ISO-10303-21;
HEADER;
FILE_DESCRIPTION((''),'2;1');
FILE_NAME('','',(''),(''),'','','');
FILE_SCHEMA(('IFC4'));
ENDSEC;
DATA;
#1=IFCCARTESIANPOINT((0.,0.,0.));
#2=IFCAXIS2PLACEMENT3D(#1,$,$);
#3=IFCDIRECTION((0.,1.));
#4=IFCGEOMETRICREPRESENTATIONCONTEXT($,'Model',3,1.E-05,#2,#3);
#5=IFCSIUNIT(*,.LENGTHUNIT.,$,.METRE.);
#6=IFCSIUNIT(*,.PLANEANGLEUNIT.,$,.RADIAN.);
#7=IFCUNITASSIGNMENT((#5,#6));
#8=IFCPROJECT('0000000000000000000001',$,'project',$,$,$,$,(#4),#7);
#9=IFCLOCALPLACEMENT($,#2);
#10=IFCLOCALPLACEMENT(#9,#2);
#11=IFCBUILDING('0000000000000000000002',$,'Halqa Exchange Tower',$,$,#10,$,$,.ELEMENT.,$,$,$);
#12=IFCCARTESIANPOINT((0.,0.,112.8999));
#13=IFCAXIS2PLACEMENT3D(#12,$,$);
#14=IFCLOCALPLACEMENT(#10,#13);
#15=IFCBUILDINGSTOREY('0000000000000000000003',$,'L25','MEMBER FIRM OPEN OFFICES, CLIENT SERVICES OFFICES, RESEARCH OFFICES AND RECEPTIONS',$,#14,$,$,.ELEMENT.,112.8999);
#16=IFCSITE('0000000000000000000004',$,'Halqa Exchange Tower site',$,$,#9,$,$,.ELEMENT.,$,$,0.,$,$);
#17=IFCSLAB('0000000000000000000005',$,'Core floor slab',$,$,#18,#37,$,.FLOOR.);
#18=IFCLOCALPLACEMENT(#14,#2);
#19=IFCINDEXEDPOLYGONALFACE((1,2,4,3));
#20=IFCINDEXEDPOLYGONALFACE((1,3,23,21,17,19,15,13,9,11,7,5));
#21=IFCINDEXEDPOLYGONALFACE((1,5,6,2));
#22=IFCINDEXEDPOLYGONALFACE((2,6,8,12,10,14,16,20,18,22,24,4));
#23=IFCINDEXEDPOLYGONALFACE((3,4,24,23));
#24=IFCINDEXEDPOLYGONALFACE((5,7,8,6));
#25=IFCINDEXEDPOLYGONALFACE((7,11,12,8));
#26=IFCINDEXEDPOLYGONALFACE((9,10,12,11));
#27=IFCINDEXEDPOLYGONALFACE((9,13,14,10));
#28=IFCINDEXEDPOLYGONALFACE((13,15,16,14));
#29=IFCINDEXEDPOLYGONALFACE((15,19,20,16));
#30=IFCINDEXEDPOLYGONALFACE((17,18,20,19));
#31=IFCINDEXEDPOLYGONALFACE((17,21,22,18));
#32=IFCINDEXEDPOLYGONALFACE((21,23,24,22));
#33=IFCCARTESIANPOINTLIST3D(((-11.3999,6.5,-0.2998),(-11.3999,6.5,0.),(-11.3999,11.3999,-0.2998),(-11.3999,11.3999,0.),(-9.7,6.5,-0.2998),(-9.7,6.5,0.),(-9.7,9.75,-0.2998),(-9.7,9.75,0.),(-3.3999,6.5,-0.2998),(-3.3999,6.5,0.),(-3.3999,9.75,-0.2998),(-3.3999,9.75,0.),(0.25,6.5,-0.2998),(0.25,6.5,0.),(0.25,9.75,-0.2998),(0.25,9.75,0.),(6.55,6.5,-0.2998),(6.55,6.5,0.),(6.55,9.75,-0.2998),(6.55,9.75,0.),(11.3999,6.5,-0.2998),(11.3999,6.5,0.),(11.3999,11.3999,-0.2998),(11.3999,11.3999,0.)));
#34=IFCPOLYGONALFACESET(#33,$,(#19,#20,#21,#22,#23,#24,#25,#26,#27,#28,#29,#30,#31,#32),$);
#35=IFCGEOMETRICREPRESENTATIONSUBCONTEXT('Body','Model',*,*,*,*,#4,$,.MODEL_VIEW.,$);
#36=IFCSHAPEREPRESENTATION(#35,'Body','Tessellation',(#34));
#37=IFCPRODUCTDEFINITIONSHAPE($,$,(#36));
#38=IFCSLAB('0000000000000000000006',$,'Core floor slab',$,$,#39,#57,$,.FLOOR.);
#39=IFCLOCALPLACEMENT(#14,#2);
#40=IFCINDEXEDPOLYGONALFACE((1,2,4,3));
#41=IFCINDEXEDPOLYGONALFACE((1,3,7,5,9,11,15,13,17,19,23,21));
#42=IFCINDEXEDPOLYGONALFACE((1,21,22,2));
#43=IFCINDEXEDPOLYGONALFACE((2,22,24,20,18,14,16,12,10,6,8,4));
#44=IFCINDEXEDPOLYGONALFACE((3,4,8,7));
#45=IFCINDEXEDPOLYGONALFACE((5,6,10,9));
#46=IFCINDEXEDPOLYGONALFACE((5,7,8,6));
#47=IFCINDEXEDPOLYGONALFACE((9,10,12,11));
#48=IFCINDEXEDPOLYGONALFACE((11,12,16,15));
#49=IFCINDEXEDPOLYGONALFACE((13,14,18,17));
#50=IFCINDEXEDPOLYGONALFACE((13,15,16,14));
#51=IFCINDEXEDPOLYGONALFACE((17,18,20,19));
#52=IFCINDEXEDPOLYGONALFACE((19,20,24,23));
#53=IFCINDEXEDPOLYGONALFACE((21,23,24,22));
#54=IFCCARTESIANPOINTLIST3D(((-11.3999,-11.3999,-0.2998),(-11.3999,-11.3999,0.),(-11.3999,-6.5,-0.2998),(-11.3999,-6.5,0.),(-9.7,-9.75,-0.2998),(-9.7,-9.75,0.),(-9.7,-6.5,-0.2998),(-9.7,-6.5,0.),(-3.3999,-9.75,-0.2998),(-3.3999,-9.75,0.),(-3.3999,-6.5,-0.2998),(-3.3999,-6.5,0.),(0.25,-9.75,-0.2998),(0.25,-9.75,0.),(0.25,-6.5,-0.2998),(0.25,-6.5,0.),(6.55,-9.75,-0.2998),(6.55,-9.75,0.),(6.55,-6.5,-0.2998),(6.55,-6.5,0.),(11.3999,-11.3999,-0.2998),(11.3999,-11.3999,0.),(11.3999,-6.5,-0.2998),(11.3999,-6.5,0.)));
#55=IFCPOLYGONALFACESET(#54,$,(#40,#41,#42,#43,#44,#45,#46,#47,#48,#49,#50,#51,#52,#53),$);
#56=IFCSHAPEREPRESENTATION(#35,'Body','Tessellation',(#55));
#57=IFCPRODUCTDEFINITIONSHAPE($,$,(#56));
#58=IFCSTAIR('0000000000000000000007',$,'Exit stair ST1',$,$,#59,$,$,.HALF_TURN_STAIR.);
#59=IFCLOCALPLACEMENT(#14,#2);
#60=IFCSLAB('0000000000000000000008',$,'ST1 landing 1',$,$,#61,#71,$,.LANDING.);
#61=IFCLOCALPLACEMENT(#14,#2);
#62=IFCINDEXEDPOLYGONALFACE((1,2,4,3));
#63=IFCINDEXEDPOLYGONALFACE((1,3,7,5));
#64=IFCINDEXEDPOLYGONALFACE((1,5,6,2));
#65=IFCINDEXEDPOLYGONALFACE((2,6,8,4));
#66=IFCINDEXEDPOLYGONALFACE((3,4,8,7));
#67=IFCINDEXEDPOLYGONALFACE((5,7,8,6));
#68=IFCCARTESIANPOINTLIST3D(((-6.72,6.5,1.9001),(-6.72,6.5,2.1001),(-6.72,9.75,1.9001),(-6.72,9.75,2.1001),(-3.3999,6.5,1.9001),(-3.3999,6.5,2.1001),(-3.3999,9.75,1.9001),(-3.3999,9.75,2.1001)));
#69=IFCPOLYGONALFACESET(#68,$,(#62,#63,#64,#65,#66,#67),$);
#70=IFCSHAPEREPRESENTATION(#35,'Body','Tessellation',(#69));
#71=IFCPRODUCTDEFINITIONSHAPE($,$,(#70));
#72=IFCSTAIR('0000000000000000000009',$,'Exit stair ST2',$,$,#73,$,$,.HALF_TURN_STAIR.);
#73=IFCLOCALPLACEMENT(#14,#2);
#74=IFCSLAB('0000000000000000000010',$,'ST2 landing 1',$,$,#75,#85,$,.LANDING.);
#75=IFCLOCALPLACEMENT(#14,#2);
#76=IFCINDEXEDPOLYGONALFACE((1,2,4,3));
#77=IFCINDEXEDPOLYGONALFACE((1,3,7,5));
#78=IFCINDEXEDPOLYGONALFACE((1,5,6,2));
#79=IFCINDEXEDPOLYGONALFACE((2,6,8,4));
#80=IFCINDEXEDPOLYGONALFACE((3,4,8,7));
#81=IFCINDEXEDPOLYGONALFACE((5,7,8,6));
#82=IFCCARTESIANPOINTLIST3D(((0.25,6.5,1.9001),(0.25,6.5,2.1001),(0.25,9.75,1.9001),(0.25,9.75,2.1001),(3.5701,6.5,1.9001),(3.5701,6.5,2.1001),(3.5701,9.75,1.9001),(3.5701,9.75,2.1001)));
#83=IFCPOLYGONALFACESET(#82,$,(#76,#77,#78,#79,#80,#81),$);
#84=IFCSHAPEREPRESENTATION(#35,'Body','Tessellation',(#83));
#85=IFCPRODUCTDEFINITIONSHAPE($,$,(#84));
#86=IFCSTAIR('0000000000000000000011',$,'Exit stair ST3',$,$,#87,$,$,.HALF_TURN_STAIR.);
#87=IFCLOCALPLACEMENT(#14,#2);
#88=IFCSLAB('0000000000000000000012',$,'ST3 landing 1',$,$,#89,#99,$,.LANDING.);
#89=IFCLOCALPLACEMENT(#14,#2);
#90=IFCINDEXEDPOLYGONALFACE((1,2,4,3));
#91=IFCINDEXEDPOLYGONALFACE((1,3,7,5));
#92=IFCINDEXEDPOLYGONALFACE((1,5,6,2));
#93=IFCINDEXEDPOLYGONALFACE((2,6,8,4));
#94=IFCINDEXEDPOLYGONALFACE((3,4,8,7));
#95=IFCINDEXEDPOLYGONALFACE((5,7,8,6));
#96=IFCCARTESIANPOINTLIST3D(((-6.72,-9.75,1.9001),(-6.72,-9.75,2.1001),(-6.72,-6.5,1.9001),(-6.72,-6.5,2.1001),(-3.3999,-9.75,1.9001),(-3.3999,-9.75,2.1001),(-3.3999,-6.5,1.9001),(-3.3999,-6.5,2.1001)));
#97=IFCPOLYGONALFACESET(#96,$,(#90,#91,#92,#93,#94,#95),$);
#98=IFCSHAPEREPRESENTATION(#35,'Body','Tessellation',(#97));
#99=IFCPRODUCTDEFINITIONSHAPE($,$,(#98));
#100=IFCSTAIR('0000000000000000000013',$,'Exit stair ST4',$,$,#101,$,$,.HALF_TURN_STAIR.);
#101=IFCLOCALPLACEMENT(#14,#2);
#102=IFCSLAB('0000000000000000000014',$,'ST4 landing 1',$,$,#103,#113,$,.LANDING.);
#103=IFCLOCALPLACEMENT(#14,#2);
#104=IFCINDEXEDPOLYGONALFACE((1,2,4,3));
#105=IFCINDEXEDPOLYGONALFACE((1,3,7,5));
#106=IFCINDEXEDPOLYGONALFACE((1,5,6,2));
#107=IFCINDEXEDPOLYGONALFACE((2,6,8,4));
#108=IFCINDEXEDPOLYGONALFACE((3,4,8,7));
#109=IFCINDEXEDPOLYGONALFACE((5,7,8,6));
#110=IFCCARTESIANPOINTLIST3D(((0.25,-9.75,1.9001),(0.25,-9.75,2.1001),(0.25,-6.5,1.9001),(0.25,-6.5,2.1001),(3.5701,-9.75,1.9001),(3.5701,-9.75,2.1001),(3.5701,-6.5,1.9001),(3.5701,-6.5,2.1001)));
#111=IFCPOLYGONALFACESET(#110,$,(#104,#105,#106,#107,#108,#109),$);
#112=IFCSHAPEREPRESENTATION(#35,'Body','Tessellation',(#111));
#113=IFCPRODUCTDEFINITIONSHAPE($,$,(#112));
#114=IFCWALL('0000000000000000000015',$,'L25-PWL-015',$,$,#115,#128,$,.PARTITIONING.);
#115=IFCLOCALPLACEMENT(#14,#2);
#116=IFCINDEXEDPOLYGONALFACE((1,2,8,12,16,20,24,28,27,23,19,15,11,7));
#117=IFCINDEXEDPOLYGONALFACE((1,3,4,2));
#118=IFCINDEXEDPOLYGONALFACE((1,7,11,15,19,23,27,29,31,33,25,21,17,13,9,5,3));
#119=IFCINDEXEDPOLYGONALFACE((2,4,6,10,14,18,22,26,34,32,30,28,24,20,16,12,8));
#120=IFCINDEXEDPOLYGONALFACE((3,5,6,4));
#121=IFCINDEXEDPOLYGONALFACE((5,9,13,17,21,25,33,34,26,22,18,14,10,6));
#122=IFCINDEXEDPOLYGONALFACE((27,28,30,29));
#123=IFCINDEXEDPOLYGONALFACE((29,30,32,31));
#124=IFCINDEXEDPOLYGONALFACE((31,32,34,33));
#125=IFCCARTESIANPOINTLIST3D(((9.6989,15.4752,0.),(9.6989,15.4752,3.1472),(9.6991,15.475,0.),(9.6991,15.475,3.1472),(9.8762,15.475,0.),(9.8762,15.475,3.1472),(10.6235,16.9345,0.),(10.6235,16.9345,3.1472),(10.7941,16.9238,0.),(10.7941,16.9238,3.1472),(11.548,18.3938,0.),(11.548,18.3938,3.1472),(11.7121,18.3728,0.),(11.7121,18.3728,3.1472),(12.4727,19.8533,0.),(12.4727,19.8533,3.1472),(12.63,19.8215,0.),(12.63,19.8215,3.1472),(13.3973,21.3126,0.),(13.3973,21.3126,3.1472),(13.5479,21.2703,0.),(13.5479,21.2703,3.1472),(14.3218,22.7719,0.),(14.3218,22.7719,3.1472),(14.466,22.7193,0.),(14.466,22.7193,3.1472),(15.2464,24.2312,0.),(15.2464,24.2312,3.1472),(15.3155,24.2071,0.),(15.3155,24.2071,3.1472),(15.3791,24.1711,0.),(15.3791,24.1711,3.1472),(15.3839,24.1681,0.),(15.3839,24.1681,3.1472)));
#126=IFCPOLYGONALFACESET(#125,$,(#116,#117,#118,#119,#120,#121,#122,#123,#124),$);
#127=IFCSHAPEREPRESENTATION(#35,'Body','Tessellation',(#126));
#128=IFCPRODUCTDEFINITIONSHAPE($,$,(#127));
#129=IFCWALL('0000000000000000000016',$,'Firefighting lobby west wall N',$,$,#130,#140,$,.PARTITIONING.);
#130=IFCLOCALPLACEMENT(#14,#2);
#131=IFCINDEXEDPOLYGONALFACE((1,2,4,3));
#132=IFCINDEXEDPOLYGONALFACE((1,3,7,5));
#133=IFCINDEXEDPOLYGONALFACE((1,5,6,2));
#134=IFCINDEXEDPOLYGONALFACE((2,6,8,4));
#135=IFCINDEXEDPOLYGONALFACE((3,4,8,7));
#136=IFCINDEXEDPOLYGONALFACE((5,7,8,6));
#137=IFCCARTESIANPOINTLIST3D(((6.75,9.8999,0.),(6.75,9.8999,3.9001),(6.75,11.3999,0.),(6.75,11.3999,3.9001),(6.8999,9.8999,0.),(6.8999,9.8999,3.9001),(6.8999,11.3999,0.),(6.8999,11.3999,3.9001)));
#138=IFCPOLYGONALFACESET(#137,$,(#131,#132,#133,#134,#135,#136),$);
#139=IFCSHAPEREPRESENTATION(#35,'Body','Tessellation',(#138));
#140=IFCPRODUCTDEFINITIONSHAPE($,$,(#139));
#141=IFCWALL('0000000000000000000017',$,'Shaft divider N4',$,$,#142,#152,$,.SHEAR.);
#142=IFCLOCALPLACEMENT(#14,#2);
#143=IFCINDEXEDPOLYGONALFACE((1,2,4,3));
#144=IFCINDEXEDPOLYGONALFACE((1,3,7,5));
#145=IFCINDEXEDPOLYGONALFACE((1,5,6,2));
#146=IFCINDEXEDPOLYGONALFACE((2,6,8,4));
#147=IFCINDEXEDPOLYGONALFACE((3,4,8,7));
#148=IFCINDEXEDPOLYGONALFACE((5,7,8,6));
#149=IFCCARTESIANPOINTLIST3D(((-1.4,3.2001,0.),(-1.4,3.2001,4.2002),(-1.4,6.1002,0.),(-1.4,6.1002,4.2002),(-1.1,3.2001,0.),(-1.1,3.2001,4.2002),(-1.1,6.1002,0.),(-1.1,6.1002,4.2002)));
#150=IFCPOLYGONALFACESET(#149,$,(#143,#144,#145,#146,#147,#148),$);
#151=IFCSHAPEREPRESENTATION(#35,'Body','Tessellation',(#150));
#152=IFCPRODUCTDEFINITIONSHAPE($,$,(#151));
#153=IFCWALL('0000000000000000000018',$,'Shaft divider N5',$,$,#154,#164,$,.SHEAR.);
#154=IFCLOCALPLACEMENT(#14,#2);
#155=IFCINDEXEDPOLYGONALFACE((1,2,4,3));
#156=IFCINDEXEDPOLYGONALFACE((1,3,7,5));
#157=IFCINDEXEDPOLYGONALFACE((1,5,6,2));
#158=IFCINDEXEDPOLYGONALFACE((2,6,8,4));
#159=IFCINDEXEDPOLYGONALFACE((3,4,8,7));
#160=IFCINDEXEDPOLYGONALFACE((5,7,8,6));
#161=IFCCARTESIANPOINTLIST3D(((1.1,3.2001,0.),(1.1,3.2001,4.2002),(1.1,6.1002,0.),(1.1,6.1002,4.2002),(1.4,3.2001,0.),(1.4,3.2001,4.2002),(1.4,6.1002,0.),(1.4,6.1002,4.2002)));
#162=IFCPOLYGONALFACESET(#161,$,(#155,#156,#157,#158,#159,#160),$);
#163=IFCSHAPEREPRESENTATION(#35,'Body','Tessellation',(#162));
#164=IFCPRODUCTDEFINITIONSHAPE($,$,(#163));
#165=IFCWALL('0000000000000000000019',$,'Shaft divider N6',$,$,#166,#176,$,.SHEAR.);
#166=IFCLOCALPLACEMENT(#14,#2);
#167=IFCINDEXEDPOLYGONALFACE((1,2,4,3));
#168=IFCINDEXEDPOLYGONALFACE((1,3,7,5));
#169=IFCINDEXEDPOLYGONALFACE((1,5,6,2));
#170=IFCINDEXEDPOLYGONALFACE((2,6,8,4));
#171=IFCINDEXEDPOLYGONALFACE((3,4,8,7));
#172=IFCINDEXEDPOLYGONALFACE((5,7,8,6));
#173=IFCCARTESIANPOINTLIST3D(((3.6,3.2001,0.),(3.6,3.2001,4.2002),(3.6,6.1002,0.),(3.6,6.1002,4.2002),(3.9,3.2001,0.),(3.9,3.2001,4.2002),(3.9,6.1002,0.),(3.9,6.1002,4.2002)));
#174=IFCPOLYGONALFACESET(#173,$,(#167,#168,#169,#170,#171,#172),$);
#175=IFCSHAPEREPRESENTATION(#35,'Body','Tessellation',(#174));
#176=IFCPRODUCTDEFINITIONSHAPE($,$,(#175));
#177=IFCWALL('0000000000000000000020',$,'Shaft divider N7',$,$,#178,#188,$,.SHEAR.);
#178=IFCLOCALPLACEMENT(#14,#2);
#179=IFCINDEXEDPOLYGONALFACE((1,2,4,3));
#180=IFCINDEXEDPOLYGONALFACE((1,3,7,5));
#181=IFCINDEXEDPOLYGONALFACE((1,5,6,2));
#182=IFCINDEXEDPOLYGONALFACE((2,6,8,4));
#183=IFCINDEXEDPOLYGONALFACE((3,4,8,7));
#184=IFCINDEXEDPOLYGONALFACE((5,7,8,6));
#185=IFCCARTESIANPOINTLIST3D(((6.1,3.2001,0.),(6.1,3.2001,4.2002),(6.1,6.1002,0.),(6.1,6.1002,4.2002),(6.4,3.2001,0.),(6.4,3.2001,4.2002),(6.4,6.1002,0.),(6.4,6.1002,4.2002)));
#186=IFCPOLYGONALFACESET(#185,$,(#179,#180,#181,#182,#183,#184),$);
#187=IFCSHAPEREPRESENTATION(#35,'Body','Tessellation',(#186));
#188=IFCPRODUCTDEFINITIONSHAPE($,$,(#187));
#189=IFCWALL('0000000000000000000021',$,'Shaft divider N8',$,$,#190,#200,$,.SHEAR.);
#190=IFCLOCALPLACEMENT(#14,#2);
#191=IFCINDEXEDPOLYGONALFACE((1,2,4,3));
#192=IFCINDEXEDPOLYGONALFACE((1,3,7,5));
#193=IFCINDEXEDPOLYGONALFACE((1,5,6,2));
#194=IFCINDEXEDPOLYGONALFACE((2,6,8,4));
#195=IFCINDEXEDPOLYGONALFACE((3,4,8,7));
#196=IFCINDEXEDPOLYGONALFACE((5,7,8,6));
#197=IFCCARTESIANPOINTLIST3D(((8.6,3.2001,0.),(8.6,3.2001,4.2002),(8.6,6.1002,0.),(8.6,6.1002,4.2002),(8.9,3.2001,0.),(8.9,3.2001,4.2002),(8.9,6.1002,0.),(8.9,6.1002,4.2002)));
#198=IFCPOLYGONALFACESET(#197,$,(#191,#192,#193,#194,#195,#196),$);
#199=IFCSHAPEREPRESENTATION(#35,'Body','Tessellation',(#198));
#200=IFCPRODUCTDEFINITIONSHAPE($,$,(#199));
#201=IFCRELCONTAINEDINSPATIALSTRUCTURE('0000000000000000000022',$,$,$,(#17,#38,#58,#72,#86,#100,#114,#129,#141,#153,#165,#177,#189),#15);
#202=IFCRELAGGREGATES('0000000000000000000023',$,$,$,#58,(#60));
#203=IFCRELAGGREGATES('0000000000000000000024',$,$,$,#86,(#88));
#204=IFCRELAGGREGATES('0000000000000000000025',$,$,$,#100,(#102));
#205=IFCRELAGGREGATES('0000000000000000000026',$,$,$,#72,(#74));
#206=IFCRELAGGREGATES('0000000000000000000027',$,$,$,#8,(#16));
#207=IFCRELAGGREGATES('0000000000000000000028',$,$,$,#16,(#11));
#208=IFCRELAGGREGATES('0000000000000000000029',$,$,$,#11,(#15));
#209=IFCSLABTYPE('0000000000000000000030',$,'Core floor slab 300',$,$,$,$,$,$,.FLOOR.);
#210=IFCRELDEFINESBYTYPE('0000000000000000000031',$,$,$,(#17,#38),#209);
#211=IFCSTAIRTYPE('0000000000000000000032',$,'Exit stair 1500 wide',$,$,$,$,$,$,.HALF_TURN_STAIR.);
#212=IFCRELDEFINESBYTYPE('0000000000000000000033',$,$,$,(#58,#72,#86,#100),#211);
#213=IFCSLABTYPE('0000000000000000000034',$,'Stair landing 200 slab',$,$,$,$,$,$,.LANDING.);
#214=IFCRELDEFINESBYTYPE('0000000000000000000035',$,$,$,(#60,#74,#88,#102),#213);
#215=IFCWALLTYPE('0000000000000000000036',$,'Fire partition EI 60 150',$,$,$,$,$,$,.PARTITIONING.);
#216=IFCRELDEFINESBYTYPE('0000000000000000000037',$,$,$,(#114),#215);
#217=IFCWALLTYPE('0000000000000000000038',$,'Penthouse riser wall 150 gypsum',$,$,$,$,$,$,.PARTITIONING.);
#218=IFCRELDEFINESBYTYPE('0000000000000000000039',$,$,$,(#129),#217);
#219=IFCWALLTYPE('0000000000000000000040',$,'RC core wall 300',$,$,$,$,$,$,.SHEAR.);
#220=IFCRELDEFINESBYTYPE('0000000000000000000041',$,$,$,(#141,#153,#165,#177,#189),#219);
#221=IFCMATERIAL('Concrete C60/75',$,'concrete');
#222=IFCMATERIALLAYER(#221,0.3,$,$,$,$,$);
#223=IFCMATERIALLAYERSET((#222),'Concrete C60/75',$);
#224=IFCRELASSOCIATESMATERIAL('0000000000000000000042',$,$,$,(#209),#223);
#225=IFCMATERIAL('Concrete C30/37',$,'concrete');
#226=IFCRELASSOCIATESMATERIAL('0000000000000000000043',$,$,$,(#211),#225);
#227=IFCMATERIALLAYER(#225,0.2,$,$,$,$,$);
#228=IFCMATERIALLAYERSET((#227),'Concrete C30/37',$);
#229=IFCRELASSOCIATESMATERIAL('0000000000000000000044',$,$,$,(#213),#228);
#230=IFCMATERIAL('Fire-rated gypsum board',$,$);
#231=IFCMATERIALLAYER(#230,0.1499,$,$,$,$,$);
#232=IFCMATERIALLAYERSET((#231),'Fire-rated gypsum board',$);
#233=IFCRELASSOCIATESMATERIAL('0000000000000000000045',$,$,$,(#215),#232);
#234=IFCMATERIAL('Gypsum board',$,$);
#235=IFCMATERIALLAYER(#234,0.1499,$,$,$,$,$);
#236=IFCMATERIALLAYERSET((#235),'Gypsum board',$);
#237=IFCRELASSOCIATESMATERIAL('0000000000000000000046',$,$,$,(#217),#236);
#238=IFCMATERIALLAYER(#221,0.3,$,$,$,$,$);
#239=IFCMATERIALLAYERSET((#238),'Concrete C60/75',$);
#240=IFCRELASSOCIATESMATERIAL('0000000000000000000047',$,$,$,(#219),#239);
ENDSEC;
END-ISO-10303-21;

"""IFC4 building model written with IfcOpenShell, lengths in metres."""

from ifc_helpers import new_model, si_unit, direction, frame, frame_2d, origin, place, context, subcontext, project, spatial, polyline, rectangle, outline, extrude, material, layer, layer_set, type_object, element, aggregate, save


model = new_model("IFC4")

# Units and contexts
model_context = context("Model", 3, precision=1e-05, world=origin(), true_north=direction((0.0, 1.0)))
body_context = subcontext(model_context, "Body", "Model", "MODEL_VIEW")
ifc_project = project(units=[si_unit("LENGTHUNIT", "METRE"), si_unit("PLANEANGLEUNIT", "RADIAN")], contexts=[model_context])

# Site, building, storey
site_placement = place(None, origin())
site = spatial("IfcSite", under=ifc_project, at=site_placement, Name="Halqa Exchange Tower site", CompositionType="ELEMENT", RefElevation=0.0)
building_placement = place(site_placement, origin())
building = spatial("IfcBuilding", under=site, at=building_placement, Name="Halqa Exchange Tower", CompositionType="ELEMENT")
storey_placement = place(building_placement, frame((0.0, 0.0, 112.8999)))
storey = spatial("IfcBuildingStorey", under=building, at=storey_placement, Name="L25", Description="MEMBER FIRM OPEN OFFICES, CLIENT SERVICES OFFICES, RESEARCH OFFICES AND RECEPTIONS", CompositionType="ELEMENT", Elevation=112.8999)

# Shared definitions
ifc_material_1 = material(Name="Concrete C60/75", Category="concrete")

# Slabs
ifc_layer_1 = layer(ifc_material_1, 0.3)
ifc_layer_set_1 = layer_set([ifc_layer_1], Name="Concrete C60/75")
slab_type_1 = type_object("IfcSlabType", Name="Core floor slab 300", PredefinedType="FLOOR", material=ifc_layer_set_1)
slab_1_placement = place(storey_placement, frame((0.0, 0.0, -0.2998)))
element("IfcSlab", 1, at=slab_1_placement, inside=storey, type_object=slab_type_1, Name="Core floor slab", PredefinedType="FLOOR", context=body_context, shape_type="SweptSolid", body=[
    extrude(outline(polyline([(-11.3999, 11.3999), (11.3999, 11.3999), (11.3999, 6.5), (6.55, 6.5), (6.55, 9.75), (0.25, 9.75), (0.25, 6.5), (-3.3999, 6.5), (-3.3999, 9.75), (-9.7, 9.75), (-9.7, 6.5), (-11.3999, 6.5), (-11.3999, 11.3999)])), origin(), (0.0, 0.0, 1.0), 0.2998),
])
slab_2_placement = place(storey_placement, frame((0.0, 0.0, -0.2998)))
element("IfcSlab", 2, at=slab_2_placement, inside=storey, type_object=slab_type_1, Name="Core floor slab", PredefinedType="FLOOR", context=body_context, shape_type="SweptSolid", body=[
    extrude(outline(polyline([(-9.7, -9.75), (-3.3999, -9.75), (-3.3999, -6.5), (0.25, -6.5), (0.25, -9.75), (6.55, -9.75), (6.55, -6.5), (11.3999, -6.5), (11.3999, -11.3999), (-11.3999, -11.3999), (-11.3999, -6.5), (-9.7, -6.5), (-9.7, -9.75)])), origin(), (0.0, 0.0, 1.0), 0.2998),
])

# Stairs, slabs
ifc_material_2 = material(Name="Concrete C30/37", Category="concrete")
stair_type = type_object("IfcStairType", Name="Exit stair 1500 wide", PredefinedType="HALF_TURN_STAIR", material=ifc_material_2)
stair_1_placement = place(storey_placement, origin())
stair_1 = element("IfcStair", 3, at=stair_1_placement, inside=storey, type_object=stair_type, Name="Exit stair ST1", PredefinedType="HALF_TURN_STAIR")
ifc_layer_2 = layer(ifc_material_2, 0.2)
ifc_layer_set_2 = layer_set([ifc_layer_2], Name="Concrete C30/37")
slab_type_2 = type_object("IfcSlabType", Name="Stair landing 200 slab", PredefinedType="LANDING", material=ifc_layer_set_2)
slab_3_placement = place(storey_placement, frame((0.0, 0.0, 1.9001)))
slab_3 = element("IfcSlab", 4, at=slab_3_placement, type_object=slab_type_2, Name="ST1 landing 1", PredefinedType="LANDING", context=body_context, shape_type="SweptSolid", body=[
    extrude(outline(polyline([(-6.72, 6.5), (-3.3999, 6.5), (-3.3999, 9.75), (-6.72, 9.75), (-6.72, 6.5)])), origin(), (0.0, 0.0, 1.0), 0.2),
])
aggregate(stair_1, [slab_3])
stair_2_placement = place(storey_placement, origin())
stair_2 = element("IfcStair", 5, at=stair_2_placement, inside=storey, type_object=stair_type, Name="Exit stair ST2", PredefinedType="HALF_TURN_STAIR")
slab_4_placement = place(storey_placement, frame((0.0, 0.0, 1.9001)))
slab_4 = element("IfcSlab", 6, at=slab_4_placement, type_object=slab_type_2, Name="ST2 landing 1", PredefinedType="LANDING", context=body_context, shape_type="SweptSolid", body=[
    extrude(outline(polyline([(0.25, 6.5), (3.5701, 6.5), (3.5701, 9.75), (0.25, 9.75), (0.25, 6.5)])), origin(), (0.0, 0.0, 1.0), 0.2),
])
stair_3_placement = place(storey_placement, origin())
stair_3 = element("IfcStair", 7, at=stair_3_placement, inside=storey, type_object=stair_type, Name="Exit stair ST3", PredefinedType="HALF_TURN_STAIR")
slab_5_placement = place(storey_placement, frame((0.0, 0.0, 1.9001)))
slab_5 = element("IfcSlab", 8, at=slab_5_placement, type_object=slab_type_2, Name="ST3 landing 1", PredefinedType="LANDING", context=body_context, shape_type="SweptSolid", body=[
    extrude(outline(polyline([(-6.72, -9.75), (-3.3999, -9.75), (-3.3999, -6.5), (-6.72, -6.5), (-6.72, -9.75)])), origin(), (0.0, 0.0, 1.0), 0.2),
])
aggregate(stair_3, [slab_5])
stair_4_placement = place(storey_placement, origin())
stair_4 = element("IfcStair", 9, at=stair_4_placement, inside=storey, type_object=stair_type, Name="Exit stair ST4", PredefinedType="HALF_TURN_STAIR")
slab_6_placement = place(storey_placement, frame((0.0, 0.0, 1.9001)))
slab_6 = element("IfcSlab", 10, at=slab_6_placement, type_object=slab_type_2, Name="ST4 landing 1", PredefinedType="LANDING", context=body_context, shape_type="SweptSolid", body=[
    extrude(outline(polyline([(0.25, -9.75), (3.5701, -9.75), (3.5701, -6.5), (0.25, -6.5), (0.25, -9.75)])), origin(), (0.0, 0.0, 1.0), 0.2),
])
aggregate(stair_4, [slab_6])

# Walls
ifc_material_3 = material(Name="Fire-rated gypsum board")
ifc_layer_3 = layer(ifc_material_3, 0.1499)
ifc_layer_set_3 = layer_set([ifc_layer_3], Name="Fire-rated gypsum board")
wall_type_1 = type_object("IfcWallType", Name="Fire partition EI 60 150", PredefinedType="PARTITIONING", material=ifc_layer_set_3)
wall_1_placement = place(storey_placement, frame((9.7622, 15.4351, 0.0), z_axis=(0.0, 0.0, 1.0), x_axis=(0.535189, 0.844732, 0.0)))
element("IfcWall", 11, at=wall_1_placement, inside=storey, type_object=wall_type_1, Name="L25-PWL-015", PredefinedType="PARTITIONING", context=body_context, shape_type="SweptSolid", body=[
    extrude(outline(polyline([(10.3857, -0.075), (10.3857, -0.0693), (10.3821, 0.0037), (10.3655, 0.075), (8.6379, 0.075), (6.9104, 0.075), (5.1829, 0.075), (3.4551, 0.075), (1.7275, 0.075), (0.0, 0.075), (0.0, 0.0747), (0.0947, -0.075), (1.8098, -0.075), (3.5251, -0.075), (5.2402, -0.075), (6.9553, -0.075), (8.6707, -0.075), (10.3857, -0.075)])), origin(), (0.0, 0.0, 1.0), 3.1472),
])
ifc_material_4 = material(Name="Gypsum board")
ifc_layer_4 = layer(ifc_material_4, 0.1499)
ifc_layer_set_4 = layer_set([ifc_layer_4], Name="Gypsum board")
wall_type_2 = type_object("IfcWallType", Name="Penthouse riser wall 150 gypsum", PredefinedType="PARTITIONING", material=ifc_layer_set_4)
wall_2_placement = place(storey_placement, frame((6.825, 9.8999, 0.0), z_axis=(0.0, 0.0, 1.0), x_axis=(0.0, 1.0, 0.0)))
element("IfcWall", 12, at=wall_2_placement, inside=storey, type_object=wall_type_2, Name="Firefighting lobby west wall N", PredefinedType="PARTITIONING", context=body_context, shape_type="SweptSolid", body=[
    extrude(rectangle(XDim=1.5, YDim=0.1499, at=frame_2d((0.75, 0.0))), origin(), (0.0, 0.0, 1.0), 3.9001),
])
ifc_layer_5 = layer(ifc_material_1, 0.3)
ifc_layer_set_5 = layer_set([ifc_layer_5], Name="Concrete C60/75")
wall_type_3 = type_object("IfcWallType", Name="RC core wall 300", PredefinedType="SHEAR", material=ifc_layer_set_5)
for number, where, z_axis, x_axis, name in (
    (13, (-1.25, 3.2, 0.0), (0.0, 0.0, 1.0), (0.0, 1.0, 0.0), "Shaft divider N4"),
    (14, (1.25, 3.2, 0.0), (0.0, 0.0, 1.0), (0.0, 1.0, 0.0), "Shaft divider N5"),
    (15, (3.75, 3.2, 0.0), (0.0, 0.0, 1.0), (0.0, 1.0, 0.0), "Shaft divider N6"),
    (16, (6.25, 3.2, 0.0), (0.0, 0.0, 1.0), (0.0, 1.0, 0.0), "Shaft divider N7"),
    (17, (8.75, 3.2, 0.0), (0.0, 0.0, 1.0), (0.0, 1.0, 0.0), "Shaft divider N8"),
):
    element("IfcWall", number, at=place(storey_placement, frame(where, z_axis=z_axis, x_axis=x_axis)), inside=storey, type_object=wall_type_3, Name=name, PredefinedType="SHEAR", context=body_context, shape_type="SweptSolid", body=[
        extrude(rectangle(XDim=2.9001, YDim=0.3, at=frame_2d((1.4502, 0.0))), origin(), (0.0, 0.0, 1.0), 4.2002),
    ])

aggregate(stair_2, [slab_4])

save(model, "model.ifc")
